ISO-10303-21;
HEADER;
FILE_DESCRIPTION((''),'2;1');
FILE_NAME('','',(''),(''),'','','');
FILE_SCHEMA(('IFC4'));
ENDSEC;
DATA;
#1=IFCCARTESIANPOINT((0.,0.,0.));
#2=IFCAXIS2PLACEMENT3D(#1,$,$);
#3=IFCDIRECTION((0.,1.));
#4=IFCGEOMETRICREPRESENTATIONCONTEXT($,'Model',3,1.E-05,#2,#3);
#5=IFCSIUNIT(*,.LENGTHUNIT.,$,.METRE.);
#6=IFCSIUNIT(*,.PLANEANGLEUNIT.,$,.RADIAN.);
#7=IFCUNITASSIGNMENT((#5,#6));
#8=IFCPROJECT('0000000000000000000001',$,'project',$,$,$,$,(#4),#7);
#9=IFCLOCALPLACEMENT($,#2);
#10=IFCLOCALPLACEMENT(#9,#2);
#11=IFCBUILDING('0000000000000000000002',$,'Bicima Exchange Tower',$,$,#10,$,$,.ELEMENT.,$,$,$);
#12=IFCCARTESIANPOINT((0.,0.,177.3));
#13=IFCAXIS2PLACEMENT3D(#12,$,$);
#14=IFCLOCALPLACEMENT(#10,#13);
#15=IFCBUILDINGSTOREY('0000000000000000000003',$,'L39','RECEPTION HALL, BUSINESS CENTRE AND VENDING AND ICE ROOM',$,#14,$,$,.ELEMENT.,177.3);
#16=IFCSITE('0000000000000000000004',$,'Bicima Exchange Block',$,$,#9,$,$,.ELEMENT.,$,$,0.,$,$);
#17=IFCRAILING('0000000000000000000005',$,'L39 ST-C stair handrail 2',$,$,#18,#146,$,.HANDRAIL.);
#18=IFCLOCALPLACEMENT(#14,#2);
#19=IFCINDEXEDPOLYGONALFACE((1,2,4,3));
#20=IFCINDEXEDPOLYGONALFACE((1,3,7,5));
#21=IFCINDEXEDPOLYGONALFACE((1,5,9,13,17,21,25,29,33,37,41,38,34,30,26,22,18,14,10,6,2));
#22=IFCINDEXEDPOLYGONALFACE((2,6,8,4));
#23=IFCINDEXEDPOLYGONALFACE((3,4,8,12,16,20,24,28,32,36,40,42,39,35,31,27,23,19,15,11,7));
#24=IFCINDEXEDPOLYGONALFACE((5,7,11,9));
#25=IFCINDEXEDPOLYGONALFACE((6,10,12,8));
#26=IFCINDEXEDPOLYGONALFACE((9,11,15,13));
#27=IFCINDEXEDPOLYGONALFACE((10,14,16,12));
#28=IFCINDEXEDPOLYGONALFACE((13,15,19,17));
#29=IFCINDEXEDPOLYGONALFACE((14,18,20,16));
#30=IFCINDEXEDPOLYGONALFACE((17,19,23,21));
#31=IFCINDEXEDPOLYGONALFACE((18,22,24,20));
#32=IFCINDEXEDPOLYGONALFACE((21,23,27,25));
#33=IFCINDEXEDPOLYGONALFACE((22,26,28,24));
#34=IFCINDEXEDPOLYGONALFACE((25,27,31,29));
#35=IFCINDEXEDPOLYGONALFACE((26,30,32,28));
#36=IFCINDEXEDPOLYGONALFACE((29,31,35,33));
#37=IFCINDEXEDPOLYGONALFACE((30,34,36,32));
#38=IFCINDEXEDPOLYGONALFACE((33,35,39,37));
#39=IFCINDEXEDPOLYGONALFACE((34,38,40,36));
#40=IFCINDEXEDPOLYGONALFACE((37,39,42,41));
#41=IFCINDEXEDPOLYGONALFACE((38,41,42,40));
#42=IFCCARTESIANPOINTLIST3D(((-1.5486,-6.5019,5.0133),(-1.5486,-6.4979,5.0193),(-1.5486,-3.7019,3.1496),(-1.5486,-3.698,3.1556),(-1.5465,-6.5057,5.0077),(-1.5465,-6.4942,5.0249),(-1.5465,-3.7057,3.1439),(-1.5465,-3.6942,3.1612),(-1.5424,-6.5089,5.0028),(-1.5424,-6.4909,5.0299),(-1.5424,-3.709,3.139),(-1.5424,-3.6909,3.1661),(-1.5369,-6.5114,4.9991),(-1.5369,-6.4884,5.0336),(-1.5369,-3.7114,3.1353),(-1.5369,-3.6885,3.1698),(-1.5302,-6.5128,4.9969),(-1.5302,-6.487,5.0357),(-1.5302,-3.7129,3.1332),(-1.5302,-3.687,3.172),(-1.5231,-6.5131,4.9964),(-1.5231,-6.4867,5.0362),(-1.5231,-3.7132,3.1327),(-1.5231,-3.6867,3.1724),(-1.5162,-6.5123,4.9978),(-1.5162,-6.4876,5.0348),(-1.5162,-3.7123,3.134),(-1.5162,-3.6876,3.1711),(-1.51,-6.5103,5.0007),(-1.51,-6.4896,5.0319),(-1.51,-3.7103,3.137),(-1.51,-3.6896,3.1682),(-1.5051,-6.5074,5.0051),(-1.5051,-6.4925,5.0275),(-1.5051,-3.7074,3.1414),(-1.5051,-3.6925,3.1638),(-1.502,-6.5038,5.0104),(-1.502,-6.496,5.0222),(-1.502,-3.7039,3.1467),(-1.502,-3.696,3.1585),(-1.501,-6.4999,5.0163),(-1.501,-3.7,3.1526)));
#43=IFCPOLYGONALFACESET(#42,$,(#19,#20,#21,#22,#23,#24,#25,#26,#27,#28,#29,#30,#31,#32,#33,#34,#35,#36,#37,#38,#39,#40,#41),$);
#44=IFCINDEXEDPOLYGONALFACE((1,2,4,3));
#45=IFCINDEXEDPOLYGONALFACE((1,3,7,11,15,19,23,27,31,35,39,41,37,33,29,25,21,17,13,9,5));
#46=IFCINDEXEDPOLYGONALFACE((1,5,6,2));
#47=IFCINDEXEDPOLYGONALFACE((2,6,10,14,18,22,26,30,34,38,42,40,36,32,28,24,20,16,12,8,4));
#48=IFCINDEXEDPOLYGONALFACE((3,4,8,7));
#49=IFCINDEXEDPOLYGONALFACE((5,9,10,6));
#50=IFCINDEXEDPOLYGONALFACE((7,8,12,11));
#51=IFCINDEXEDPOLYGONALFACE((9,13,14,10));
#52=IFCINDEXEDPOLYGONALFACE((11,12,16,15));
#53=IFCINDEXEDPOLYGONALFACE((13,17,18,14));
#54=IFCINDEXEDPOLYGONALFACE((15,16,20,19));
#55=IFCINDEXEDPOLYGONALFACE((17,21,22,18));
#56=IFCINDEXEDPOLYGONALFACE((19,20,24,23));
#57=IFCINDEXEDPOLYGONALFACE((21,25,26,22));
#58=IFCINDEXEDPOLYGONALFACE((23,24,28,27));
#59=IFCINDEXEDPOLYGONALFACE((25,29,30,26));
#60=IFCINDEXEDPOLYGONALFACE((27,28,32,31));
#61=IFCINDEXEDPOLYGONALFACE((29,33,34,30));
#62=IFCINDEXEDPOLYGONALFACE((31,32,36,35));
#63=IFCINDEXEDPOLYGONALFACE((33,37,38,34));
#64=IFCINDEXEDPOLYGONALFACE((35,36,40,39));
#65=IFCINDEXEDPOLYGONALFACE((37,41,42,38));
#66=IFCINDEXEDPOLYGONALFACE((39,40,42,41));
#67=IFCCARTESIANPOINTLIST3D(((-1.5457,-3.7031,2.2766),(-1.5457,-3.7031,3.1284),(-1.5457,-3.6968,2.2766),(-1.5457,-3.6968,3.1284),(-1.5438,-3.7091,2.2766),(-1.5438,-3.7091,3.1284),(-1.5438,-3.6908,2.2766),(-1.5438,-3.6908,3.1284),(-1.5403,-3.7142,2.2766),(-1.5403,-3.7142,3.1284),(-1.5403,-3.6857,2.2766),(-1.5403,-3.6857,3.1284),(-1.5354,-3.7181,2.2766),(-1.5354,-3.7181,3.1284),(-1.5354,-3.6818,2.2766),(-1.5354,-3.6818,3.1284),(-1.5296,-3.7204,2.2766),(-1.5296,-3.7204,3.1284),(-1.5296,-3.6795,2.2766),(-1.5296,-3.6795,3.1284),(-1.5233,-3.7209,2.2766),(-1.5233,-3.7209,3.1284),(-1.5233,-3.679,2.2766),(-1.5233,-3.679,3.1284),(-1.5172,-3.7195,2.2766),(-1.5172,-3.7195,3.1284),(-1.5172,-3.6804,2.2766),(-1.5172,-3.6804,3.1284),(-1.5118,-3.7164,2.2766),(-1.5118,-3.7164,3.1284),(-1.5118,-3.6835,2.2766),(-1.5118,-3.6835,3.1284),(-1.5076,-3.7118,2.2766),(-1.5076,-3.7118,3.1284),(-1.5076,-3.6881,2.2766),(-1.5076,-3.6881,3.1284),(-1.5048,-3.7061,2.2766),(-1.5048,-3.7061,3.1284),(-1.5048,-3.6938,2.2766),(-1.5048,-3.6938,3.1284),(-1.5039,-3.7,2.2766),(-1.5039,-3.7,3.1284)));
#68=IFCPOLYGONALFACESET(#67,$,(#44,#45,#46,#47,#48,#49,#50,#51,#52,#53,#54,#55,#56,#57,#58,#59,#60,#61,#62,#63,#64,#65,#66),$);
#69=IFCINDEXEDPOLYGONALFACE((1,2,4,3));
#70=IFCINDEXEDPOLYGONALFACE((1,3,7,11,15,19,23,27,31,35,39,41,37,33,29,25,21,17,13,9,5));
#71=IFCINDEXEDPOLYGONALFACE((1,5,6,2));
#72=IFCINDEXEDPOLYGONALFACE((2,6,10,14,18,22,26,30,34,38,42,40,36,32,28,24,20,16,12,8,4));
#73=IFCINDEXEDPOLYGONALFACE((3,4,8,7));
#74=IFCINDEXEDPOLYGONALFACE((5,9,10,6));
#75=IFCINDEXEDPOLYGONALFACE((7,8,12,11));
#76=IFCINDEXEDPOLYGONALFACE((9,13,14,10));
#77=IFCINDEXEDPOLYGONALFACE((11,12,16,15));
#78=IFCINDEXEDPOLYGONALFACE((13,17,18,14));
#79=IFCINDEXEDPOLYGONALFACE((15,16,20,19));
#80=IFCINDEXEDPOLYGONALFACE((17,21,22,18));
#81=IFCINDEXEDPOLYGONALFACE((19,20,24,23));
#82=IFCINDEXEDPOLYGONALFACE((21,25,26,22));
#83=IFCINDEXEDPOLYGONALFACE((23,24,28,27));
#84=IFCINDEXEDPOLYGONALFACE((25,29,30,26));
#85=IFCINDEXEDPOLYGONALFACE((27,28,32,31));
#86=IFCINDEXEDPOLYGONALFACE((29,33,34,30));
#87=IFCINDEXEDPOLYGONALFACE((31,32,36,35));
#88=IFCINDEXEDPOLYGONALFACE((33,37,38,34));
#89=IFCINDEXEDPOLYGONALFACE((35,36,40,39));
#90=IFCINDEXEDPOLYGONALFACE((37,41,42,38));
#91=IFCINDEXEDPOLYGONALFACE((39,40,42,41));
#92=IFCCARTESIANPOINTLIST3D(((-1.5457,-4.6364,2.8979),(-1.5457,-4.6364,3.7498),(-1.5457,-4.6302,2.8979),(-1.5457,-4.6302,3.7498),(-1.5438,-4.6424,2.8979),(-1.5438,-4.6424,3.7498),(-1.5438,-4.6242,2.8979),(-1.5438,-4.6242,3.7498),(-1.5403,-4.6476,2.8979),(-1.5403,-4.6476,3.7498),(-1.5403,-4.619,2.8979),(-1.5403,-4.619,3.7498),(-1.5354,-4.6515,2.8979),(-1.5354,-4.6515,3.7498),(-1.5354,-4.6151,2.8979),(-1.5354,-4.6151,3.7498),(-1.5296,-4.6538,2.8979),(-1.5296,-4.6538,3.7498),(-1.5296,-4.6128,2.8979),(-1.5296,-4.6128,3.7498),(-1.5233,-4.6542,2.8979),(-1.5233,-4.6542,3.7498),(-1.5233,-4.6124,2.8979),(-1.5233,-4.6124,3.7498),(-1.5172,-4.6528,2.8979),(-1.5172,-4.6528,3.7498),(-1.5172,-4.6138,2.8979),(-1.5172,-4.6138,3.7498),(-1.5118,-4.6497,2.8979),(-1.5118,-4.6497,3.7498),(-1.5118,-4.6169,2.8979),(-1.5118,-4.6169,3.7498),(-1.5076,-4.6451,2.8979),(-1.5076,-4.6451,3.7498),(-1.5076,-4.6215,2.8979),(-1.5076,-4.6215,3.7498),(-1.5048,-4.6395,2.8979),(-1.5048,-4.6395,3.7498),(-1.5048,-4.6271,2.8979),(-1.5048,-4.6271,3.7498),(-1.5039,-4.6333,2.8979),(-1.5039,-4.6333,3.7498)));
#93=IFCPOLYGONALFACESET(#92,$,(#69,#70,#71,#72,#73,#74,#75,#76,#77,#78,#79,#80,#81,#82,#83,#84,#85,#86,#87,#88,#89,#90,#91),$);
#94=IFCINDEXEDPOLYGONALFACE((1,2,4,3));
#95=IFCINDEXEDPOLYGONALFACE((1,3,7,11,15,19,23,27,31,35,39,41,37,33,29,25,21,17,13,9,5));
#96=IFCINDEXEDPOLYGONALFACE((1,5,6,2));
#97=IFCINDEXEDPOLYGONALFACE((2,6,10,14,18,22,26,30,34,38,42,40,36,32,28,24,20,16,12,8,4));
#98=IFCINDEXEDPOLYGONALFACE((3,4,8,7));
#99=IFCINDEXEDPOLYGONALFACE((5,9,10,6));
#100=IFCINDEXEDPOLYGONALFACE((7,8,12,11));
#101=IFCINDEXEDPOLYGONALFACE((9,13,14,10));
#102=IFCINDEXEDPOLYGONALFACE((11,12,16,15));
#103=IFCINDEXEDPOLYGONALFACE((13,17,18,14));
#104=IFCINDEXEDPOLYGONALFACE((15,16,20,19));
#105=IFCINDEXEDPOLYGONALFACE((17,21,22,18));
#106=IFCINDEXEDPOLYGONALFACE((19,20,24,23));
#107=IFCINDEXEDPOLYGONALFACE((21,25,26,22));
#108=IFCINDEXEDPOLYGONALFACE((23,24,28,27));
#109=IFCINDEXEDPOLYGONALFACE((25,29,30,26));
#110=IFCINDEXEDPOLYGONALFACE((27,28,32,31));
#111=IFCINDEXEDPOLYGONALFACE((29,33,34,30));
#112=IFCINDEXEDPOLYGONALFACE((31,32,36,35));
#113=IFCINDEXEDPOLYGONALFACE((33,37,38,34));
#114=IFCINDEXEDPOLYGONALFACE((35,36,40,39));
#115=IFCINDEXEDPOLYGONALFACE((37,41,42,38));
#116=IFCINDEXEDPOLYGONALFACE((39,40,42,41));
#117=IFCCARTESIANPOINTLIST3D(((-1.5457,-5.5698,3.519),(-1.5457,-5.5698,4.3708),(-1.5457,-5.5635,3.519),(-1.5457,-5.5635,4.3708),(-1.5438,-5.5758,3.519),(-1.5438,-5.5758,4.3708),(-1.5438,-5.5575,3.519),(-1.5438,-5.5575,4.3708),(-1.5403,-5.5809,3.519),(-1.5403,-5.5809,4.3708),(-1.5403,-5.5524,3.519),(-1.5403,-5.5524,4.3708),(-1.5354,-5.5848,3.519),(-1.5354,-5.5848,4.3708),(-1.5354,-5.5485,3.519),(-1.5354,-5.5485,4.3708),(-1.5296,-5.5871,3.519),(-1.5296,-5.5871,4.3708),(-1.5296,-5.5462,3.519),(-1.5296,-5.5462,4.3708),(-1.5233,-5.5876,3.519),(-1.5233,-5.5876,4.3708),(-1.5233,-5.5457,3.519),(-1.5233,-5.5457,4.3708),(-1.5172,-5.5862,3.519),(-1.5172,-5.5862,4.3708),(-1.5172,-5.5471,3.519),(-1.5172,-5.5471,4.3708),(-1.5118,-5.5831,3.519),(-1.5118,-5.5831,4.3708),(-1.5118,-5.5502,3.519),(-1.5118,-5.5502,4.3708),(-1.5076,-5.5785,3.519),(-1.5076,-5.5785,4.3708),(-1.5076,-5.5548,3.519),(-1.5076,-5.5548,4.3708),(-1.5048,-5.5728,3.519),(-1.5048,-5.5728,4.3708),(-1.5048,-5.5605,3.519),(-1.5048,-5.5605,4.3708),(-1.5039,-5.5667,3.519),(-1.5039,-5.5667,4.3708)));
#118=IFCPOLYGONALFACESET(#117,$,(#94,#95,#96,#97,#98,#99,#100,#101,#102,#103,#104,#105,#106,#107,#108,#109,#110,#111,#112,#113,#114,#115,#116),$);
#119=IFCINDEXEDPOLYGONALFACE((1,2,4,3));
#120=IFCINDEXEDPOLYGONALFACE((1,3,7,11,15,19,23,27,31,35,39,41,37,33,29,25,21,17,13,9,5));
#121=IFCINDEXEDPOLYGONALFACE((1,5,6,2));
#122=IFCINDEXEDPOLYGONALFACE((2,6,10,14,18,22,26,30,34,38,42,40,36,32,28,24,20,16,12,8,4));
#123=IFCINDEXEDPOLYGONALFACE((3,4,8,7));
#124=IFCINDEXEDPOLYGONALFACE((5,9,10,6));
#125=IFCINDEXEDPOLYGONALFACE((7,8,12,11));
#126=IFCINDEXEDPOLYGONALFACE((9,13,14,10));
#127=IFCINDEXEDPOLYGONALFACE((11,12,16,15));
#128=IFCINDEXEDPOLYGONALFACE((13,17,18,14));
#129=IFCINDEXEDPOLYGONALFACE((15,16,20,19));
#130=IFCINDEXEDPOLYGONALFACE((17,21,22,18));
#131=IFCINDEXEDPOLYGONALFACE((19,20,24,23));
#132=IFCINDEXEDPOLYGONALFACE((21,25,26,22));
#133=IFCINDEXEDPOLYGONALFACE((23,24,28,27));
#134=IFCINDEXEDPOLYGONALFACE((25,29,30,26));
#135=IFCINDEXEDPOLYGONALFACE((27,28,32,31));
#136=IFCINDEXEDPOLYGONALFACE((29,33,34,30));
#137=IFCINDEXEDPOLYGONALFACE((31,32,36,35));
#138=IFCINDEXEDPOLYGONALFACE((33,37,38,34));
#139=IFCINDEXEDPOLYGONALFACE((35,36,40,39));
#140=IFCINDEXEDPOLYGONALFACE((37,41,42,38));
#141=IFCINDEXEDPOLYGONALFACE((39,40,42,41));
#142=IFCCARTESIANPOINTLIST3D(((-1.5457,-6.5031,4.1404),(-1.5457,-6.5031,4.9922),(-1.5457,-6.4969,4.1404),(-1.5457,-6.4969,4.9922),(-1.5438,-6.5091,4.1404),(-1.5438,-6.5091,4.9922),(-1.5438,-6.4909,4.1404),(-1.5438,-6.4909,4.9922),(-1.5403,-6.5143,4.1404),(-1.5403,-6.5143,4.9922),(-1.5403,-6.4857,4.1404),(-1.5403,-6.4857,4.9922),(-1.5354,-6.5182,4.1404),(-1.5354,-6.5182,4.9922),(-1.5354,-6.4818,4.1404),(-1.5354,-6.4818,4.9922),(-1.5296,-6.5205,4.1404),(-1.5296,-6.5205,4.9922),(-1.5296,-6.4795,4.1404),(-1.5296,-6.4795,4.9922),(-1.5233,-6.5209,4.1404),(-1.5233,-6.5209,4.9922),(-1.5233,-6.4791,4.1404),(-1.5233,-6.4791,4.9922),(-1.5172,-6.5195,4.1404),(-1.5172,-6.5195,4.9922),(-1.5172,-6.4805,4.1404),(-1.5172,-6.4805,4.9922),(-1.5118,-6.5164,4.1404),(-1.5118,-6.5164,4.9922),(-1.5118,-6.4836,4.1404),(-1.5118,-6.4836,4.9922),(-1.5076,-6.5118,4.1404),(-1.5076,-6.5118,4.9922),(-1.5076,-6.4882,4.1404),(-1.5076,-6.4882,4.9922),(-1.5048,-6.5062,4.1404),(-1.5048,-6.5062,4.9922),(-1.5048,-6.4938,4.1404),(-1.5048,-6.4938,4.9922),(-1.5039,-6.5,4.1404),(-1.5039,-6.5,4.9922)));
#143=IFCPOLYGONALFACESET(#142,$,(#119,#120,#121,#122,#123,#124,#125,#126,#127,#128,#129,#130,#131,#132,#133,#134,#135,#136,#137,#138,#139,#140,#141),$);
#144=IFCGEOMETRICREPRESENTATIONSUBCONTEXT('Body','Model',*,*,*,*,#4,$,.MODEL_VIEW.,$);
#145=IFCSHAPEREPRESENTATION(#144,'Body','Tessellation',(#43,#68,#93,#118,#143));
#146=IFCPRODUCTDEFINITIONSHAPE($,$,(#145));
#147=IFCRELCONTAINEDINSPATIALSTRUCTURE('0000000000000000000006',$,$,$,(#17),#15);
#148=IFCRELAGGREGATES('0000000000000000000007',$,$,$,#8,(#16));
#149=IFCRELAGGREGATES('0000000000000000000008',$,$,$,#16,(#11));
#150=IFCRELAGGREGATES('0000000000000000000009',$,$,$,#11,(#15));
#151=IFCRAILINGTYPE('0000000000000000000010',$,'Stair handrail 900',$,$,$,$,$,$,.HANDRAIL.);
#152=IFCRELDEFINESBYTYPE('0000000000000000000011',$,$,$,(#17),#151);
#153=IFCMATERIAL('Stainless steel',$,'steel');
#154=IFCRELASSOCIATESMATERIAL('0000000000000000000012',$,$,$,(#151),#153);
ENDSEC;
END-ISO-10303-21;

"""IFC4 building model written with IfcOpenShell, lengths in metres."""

from ifc_helpers import new_model, si_unit, direction, frame, origin, origin_2d, place, context, subcontext, project, spatial, circle, extrude, material, type_object, element, save


model = new_model("IFC4")

# Units and contexts
model_context = context("Model", 3, precision=1e-05, world=origin(), true_north=direction((0.0, 1.0)))
body_context = subcontext(model_context, "Body", "Model", "MODEL_VIEW")
ifc_project = project(units=[si_unit("LENGTHUNIT", "METRE"), si_unit("PLANEANGLEUNIT", "RADIAN")], contexts=[model_context])

# Site, building, storey
site_placement = place(None, origin())
site = spatial("IfcSite", under=ifc_project, at=site_placement, Name="Bicima Exchange Block", CompositionType="ELEMENT", RefElevation=0.0)
building_placement = place(site_placement, origin())
building = spatial("IfcBuilding", under=site, at=building_placement, Name="Bicima Exchange Tower", CompositionType="ELEMENT")
storey_placement = place(building_placement, frame((0.0, 0.0, 177.3)))
storey = spatial("IfcBuildingStorey", under=building, at=storey_placement, Name="L39", Description="RECEPTION HALL, BUSINESS CENTRE AND VENDING AND ICE ROOM", CompositionType="ELEMENT", Elevation=177.3)

# Railing
ifc_material_1 = material(Name="Stainless steel", Category="steel")
railing_type = type_object("IfcRailingType", Name="Stair handrail 900", PredefinedType="HANDRAIL", material=ifc_material_1)
railing_placement = place(storey_placement, frame((-1.5249, -3.7, 2.2766)))
element("IfcRailing", 1, at=railing_placement, inside=storey, type_object=railing_type, Name="L39 ST-C stair handrail 2", PredefinedType="HANDRAIL", context=body_context, shape_type="SweptSolid", body=[
    extrude(circle(Radius=0.0239, at=origin_2d()), frame((0.0, 0.0, 0.876), z_axis=(0.0, -0.832452, 0.554097), x_axis=(1.0, 0.0, 0.0)), (0.0, 0.0, 1.0), 3.3635),
    extrude(circle(Radius=0.021, at=origin_2d()), origin(), (0.0, 0.0, 1.0), 0.8518),
    extrude(circle(Radius=0.021, at=origin_2d()), frame((0.0, -0.9333, 0.6213)), (0.0, 0.0, 1.0), 0.8518),
    extrude(circle(Radius=0.021, at=origin_2d()), frame((0.0, -1.8667, 1.2424)), (0.0, 0.0, 1.0), 0.8518),
    extrude(circle(Radius=0.021, at=origin_2d()), frame((0.0, -2.8, 1.8638)), (0.0, 0.0, 1.0), 0.8518),
])

save(model, "model.ifc")
